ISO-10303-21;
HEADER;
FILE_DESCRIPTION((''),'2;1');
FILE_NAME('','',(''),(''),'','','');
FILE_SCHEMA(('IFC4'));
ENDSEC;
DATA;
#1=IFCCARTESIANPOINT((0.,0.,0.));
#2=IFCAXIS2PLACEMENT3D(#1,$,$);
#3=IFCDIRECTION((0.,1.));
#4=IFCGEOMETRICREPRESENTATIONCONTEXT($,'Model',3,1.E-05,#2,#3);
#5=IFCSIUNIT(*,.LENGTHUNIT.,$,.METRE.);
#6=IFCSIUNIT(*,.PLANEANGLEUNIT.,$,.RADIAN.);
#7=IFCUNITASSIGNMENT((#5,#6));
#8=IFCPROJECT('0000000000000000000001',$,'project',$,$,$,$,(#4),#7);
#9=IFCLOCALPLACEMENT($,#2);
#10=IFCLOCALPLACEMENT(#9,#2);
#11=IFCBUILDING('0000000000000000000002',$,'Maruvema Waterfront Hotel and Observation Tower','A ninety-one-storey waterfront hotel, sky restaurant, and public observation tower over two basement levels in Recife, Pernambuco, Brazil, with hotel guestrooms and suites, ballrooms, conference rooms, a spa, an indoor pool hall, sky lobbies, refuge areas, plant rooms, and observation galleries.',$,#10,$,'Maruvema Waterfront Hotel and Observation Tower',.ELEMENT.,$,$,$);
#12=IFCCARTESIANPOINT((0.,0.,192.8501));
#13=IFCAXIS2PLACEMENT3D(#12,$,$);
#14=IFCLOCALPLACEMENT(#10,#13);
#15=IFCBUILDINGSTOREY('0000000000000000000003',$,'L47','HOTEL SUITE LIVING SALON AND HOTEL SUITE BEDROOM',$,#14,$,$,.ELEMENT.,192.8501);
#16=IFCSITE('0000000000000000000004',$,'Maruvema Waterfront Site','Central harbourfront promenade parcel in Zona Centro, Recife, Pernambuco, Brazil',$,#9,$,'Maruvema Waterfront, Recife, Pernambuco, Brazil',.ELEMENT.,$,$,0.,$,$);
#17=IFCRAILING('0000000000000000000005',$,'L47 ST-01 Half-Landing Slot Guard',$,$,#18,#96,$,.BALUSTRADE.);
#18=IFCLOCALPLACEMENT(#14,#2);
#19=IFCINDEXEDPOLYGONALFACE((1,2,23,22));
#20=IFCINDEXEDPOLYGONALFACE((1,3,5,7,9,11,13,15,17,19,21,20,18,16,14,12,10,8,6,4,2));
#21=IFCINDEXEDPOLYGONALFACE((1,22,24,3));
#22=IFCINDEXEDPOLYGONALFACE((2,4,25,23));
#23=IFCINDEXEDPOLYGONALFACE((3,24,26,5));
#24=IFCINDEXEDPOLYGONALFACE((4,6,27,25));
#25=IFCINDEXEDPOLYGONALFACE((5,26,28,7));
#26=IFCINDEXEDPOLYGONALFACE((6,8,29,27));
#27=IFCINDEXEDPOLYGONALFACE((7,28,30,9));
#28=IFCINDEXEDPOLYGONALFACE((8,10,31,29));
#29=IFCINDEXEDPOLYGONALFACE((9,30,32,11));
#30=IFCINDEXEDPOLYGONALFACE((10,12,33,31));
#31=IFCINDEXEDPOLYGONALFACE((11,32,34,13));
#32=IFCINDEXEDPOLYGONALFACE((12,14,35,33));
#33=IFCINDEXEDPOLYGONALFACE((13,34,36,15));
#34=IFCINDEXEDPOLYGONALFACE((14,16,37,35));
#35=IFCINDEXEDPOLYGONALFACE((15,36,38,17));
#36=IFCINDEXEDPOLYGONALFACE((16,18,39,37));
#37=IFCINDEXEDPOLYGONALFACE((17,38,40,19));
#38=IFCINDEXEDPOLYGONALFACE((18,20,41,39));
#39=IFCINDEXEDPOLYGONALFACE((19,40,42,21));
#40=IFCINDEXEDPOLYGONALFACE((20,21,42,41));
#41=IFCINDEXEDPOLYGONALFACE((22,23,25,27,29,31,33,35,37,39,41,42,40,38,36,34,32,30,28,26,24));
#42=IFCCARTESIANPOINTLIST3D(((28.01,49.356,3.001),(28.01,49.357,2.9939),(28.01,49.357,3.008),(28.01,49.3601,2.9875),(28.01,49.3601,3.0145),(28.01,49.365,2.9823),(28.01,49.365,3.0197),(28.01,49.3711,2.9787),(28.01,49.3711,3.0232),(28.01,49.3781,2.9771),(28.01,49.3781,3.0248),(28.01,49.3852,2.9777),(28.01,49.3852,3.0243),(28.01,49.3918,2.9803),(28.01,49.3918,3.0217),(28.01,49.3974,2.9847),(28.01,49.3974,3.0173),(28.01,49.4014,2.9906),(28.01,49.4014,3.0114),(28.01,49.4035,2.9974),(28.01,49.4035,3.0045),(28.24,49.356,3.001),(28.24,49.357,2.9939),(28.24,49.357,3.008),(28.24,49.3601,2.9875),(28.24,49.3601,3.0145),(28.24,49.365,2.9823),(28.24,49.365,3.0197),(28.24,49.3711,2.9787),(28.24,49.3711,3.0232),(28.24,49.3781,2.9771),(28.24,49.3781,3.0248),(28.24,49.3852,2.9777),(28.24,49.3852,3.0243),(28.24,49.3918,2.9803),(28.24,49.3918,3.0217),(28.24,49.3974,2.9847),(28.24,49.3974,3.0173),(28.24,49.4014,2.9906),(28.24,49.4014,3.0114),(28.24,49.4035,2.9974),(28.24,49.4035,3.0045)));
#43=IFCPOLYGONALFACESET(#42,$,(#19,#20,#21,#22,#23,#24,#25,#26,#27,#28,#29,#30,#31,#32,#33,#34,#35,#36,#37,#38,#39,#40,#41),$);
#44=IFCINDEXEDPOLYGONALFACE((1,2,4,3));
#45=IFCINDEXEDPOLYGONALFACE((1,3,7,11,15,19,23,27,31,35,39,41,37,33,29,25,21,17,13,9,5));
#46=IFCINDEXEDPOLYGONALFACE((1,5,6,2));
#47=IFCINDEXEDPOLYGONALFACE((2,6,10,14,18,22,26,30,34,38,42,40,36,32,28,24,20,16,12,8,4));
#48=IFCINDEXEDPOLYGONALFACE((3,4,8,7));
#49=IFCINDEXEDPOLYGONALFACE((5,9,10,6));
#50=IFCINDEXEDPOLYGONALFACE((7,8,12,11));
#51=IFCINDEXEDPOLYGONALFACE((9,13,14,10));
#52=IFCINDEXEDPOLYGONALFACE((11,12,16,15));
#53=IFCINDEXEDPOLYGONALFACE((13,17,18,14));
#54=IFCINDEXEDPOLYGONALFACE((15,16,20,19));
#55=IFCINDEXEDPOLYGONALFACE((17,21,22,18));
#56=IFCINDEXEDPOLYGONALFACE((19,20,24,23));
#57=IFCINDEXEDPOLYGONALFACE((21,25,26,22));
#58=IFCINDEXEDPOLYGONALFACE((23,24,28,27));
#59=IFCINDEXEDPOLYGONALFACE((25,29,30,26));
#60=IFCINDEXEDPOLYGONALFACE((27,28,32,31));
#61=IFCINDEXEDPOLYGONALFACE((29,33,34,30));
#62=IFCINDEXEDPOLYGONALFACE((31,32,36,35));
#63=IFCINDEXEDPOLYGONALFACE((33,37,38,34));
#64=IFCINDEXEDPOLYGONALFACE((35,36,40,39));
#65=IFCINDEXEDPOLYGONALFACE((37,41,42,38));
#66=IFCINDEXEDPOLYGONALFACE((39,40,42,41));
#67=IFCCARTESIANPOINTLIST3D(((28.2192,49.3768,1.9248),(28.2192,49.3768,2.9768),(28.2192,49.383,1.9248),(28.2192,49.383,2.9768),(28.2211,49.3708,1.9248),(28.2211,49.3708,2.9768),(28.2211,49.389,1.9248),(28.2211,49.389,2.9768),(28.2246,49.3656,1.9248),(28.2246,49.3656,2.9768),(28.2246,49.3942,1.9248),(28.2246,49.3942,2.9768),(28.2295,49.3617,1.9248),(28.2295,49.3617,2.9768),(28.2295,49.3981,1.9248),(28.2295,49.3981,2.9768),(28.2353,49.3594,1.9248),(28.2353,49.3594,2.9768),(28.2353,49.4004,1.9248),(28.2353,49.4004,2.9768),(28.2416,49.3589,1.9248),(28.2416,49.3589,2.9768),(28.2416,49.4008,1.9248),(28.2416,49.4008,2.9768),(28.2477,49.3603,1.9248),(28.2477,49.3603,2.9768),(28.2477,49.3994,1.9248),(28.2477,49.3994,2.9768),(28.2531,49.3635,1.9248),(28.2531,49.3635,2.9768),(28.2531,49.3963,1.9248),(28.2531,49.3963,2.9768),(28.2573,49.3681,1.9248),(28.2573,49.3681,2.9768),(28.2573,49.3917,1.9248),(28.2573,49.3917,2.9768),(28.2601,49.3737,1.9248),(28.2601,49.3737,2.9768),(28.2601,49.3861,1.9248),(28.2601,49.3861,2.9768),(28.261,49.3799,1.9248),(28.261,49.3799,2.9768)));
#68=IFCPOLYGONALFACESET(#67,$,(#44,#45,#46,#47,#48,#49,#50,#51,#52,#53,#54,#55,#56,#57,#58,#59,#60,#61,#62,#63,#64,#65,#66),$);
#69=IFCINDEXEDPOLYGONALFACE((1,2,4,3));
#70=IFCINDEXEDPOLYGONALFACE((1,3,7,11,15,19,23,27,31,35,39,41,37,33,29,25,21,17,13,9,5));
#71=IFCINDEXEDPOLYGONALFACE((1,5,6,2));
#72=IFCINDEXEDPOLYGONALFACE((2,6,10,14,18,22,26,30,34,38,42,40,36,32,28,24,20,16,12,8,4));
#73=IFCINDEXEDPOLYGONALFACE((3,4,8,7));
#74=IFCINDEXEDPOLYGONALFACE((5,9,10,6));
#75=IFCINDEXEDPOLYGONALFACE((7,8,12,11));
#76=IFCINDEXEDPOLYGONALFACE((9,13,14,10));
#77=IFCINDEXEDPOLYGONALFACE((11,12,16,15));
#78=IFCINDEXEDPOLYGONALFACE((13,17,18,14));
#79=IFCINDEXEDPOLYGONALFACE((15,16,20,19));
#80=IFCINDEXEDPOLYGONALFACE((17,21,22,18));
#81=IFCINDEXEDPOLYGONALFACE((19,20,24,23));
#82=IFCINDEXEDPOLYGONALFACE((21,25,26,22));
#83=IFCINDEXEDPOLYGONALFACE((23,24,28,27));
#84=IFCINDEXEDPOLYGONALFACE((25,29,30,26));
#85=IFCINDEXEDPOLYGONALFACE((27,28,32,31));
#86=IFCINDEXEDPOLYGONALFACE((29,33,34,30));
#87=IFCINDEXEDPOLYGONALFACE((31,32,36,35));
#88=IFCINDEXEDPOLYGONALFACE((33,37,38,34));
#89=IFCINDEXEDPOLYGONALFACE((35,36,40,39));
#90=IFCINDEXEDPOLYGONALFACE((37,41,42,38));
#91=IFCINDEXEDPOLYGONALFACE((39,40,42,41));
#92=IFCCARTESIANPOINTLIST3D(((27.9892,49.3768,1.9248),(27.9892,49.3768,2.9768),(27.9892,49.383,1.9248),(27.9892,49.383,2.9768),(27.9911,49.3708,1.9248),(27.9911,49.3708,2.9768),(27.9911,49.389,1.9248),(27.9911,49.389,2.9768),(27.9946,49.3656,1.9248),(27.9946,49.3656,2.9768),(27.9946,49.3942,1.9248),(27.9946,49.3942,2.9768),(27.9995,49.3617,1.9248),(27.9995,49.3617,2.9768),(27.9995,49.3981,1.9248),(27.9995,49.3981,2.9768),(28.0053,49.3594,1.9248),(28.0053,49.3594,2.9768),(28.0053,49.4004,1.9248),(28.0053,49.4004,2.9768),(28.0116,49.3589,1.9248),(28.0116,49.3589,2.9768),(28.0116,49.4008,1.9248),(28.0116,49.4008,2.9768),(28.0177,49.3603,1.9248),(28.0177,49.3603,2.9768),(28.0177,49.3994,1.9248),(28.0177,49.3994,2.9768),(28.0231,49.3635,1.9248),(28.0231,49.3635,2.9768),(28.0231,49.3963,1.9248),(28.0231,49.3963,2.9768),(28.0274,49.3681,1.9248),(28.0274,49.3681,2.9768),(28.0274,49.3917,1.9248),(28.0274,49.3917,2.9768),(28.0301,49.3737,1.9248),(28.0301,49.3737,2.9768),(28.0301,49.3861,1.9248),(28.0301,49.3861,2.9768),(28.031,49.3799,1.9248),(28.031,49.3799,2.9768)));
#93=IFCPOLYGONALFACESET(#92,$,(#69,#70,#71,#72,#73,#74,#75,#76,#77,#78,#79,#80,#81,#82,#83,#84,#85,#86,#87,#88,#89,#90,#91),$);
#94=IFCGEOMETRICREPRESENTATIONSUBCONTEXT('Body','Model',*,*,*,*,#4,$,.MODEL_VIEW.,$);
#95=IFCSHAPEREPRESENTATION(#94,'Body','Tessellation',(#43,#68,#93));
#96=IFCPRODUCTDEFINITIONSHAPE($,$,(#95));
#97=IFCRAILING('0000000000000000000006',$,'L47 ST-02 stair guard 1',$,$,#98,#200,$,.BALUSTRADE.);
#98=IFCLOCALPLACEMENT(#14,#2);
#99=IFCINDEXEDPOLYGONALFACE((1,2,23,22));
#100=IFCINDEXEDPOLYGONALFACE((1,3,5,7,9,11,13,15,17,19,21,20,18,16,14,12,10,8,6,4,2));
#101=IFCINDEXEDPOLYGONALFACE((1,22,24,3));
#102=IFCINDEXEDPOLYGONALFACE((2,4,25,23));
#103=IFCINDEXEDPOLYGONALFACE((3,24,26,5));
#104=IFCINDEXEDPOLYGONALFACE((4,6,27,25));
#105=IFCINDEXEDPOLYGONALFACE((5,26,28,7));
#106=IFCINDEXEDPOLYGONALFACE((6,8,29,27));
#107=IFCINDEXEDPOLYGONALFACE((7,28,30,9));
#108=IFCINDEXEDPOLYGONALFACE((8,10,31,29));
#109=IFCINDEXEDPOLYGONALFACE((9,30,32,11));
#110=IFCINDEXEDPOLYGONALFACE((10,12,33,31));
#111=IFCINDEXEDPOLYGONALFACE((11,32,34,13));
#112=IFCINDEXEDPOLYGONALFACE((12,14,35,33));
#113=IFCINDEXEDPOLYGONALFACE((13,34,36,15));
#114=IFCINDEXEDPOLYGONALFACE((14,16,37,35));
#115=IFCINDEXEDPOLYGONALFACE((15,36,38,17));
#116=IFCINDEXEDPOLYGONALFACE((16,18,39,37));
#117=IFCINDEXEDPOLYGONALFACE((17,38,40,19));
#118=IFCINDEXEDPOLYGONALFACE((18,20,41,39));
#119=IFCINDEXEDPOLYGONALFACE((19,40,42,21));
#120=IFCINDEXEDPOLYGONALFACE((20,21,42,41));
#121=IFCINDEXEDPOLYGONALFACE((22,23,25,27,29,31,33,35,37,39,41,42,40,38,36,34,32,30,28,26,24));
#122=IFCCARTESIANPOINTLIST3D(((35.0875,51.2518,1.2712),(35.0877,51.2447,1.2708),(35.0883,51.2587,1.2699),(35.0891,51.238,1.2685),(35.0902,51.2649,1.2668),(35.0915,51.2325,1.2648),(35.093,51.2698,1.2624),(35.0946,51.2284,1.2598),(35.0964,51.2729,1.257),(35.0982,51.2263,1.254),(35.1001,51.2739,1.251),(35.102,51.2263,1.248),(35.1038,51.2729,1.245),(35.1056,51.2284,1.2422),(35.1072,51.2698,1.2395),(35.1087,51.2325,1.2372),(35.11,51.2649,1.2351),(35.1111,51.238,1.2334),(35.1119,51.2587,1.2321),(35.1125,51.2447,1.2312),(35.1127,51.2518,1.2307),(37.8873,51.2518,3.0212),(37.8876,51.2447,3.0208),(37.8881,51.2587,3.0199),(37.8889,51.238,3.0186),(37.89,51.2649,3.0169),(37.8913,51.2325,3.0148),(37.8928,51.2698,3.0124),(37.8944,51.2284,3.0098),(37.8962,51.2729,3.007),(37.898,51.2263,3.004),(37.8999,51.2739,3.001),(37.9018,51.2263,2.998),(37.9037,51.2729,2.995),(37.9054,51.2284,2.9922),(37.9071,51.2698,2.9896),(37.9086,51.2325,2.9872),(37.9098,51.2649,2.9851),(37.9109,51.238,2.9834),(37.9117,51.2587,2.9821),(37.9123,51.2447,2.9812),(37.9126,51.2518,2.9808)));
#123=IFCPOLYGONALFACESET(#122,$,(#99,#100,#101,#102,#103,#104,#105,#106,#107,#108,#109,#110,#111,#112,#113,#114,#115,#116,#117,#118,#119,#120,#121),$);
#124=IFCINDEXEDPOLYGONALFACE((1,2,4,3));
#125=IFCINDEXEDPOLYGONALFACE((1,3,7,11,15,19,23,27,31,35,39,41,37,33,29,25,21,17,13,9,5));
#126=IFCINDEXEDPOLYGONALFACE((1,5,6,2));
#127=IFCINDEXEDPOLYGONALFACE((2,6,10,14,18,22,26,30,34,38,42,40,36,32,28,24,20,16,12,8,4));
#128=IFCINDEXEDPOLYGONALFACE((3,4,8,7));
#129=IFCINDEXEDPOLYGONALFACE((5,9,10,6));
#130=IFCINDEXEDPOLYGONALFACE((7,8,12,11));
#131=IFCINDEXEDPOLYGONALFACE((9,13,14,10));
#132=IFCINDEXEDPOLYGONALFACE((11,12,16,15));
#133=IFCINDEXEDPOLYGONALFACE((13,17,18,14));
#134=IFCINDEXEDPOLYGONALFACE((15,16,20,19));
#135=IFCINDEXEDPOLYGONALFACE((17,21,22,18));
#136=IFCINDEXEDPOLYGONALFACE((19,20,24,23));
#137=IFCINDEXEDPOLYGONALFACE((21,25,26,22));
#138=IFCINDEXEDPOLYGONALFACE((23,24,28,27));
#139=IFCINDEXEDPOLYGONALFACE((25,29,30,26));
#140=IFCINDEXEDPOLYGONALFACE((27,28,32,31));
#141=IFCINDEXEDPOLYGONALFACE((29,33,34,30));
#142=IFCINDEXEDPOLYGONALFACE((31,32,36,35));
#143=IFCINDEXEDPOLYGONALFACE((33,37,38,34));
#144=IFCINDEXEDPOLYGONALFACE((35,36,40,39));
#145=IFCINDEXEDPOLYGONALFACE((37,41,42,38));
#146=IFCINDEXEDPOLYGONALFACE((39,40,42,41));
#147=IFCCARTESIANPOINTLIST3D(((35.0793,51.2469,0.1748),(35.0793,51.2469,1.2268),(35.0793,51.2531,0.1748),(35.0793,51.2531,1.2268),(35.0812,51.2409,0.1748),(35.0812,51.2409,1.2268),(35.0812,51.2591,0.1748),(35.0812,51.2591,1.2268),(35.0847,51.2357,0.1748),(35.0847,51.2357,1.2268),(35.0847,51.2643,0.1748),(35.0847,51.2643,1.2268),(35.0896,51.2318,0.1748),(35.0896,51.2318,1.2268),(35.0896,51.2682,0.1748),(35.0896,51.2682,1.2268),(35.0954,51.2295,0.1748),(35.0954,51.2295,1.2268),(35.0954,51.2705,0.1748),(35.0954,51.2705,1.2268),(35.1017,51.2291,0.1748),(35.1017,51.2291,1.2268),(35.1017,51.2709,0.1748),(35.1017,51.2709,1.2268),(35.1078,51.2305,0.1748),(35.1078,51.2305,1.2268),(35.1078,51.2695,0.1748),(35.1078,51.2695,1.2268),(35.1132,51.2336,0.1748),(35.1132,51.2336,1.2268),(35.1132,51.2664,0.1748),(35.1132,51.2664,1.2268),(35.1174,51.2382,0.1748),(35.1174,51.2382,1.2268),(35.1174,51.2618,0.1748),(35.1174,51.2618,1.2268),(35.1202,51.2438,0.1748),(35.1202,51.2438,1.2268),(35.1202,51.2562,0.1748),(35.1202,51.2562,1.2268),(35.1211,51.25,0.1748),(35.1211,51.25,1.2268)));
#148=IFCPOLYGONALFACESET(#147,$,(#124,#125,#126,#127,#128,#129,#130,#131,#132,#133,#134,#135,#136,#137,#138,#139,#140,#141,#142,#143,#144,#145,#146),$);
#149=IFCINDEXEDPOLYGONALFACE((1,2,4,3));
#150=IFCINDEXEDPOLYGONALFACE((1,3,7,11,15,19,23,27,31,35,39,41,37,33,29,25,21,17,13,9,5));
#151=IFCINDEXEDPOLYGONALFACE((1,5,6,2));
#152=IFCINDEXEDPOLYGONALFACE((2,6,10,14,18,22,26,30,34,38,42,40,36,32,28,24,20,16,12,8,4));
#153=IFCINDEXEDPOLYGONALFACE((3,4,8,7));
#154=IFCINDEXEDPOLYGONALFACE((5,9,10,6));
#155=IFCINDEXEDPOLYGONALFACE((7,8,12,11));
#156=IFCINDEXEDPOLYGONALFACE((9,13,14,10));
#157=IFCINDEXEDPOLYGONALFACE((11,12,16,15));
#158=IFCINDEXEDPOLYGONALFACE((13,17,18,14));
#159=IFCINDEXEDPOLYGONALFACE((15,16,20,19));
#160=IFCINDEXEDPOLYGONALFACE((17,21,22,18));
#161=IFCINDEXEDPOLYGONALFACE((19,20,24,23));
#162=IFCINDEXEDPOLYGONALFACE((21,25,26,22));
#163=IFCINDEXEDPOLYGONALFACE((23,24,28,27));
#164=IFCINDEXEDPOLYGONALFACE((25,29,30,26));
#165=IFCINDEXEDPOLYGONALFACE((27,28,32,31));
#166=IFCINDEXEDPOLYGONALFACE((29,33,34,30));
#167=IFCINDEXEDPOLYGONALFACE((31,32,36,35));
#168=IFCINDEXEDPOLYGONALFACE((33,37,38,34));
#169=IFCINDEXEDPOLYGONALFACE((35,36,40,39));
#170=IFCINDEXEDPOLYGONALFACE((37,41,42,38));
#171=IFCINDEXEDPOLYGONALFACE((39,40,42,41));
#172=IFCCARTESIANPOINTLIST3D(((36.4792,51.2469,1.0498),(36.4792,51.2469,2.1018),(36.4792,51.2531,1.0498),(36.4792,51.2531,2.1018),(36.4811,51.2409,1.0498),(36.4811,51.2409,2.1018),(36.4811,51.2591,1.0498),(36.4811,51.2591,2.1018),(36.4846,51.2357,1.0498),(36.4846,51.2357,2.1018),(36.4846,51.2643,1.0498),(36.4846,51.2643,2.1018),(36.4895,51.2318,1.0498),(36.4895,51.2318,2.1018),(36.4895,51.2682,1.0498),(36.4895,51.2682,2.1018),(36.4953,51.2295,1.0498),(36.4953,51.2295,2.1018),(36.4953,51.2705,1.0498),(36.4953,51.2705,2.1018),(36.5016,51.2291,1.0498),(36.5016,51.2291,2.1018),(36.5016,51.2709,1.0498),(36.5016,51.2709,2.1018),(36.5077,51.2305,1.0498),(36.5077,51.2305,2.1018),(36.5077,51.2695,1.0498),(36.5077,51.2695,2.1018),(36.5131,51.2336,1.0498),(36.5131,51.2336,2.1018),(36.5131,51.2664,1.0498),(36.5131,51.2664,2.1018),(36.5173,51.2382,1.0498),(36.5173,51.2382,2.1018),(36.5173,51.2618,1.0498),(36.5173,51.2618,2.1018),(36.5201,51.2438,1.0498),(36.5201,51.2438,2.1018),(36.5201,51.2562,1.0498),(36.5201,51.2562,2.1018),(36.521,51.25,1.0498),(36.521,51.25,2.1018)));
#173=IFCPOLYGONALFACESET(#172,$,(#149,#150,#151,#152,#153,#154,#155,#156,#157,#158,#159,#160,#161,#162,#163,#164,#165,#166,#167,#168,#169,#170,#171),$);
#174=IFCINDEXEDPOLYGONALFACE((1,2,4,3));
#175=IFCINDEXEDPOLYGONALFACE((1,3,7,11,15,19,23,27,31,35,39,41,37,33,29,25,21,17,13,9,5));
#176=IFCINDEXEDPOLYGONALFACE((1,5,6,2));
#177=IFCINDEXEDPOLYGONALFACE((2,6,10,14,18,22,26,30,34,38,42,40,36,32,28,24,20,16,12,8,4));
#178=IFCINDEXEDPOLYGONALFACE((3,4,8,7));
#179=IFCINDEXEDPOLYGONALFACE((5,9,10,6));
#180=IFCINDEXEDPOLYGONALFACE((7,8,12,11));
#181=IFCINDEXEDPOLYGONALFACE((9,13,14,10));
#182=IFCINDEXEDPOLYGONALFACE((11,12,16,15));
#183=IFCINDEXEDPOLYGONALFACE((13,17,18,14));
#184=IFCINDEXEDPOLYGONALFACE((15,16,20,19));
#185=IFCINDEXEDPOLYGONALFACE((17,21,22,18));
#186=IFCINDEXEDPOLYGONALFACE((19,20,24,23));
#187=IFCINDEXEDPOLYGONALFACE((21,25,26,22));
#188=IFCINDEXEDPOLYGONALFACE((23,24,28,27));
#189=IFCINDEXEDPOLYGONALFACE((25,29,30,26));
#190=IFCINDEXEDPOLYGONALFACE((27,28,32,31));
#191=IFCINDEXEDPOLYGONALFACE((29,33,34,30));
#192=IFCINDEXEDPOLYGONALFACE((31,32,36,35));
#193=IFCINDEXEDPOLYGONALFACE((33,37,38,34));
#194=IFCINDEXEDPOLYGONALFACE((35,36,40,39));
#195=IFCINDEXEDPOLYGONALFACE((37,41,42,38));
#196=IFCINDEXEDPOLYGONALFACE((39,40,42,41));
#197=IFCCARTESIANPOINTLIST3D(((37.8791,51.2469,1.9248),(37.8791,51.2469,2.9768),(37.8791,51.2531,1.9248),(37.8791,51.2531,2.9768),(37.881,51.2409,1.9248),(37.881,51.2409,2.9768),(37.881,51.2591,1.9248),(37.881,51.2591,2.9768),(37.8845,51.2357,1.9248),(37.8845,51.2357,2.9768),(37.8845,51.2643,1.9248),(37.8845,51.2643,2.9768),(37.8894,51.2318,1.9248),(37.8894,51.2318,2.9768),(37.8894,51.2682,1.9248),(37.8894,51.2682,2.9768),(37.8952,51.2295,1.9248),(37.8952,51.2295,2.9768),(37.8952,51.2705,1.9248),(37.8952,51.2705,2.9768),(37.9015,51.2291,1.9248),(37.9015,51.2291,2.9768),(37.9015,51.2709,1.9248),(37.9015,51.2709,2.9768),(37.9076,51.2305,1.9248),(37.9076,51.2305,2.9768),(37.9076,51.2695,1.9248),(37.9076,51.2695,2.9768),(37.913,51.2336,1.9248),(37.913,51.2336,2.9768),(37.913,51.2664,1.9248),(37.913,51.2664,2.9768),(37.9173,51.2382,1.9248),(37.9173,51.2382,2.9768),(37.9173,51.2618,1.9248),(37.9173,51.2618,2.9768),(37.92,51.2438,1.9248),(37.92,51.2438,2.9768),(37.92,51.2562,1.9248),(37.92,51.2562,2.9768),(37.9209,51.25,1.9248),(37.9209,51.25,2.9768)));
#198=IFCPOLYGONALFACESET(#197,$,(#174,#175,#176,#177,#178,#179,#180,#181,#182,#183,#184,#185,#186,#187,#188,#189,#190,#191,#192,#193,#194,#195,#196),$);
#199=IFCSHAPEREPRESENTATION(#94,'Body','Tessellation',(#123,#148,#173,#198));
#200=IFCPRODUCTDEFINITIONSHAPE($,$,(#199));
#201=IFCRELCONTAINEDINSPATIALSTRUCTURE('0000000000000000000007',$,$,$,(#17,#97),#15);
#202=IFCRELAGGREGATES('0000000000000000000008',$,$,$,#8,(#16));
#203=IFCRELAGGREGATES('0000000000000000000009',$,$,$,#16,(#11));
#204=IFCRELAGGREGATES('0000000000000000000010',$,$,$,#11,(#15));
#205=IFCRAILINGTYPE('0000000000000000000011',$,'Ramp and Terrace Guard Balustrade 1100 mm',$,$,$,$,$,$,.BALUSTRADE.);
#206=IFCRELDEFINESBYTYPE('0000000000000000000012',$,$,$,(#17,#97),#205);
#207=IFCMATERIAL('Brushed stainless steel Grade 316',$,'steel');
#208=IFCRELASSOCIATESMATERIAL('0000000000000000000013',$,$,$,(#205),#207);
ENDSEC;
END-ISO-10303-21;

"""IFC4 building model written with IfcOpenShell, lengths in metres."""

from ifc_helpers import new_model, si_unit, direction, frame, origin, origin_2d, place, context, subcontext, project, spatial, circle, extrude, material, type_object, element, save


model = new_model("IFC4")

# Units and contexts
model_context = context("Model", 3, precision=1e-05, world=origin(), true_north=direction((0.0, 1.0)))
body_context = subcontext(model_context, "Body", "Model", "MODEL_VIEW")
ifc_project = project(units=[si_unit("LENGTHUNIT", "METRE"), si_unit("PLANEANGLEUNIT", "RADIAN")], contexts=[model_context])

# Site, building, storey
site_placement = place(None, origin())
site = spatial("IfcSite", under=ifc_project, at=site_placement, Name="Maruvema Waterfront Site", Description="Central harbourfront promenade parcel in Zona Centro, Recife, Pernambuco, Brazil", LongName="Maruvema Waterfront, Recife, Pernambuco, Brazil", CompositionType="ELEMENT", RefElevation=0.0)
building_placement = place(site_placement, origin())
building = spatial("IfcBuilding", under=site, at=building_placement, Name="Maruvema Waterfront Hotel and Observation Tower", Description="A ninety-one-storey waterfront hotel, sky restaurant, and public observation tower over two basement levels in Recife, Pernambuco, Brazil, with hotel guestrooms and suites, ballrooms, conference rooms, a spa, an indoor pool hall, sky lobbies, refuge areas, plant rooms, and observation galleries.", LongName="Maruvema Waterfront Hotel and Observation Tower", CompositionType="ELEMENT")
storey_placement = place(building_placement, frame((0.0, 0.0, 192.8501)))
storey = spatial("IfcBuildingStorey", under=building, at=storey_placement, Name="L47", Description="HOTEL SUITE LIVING SALON AND HOTEL SUITE BEDROOM", CompositionType="ELEMENT", Elevation=192.8501)

# Railings
ifc_material_1 = material(Name="Brushed stainless steel Grade 316", Category="steel")
railing_type_1 = type_object("IfcRailingType", Name="Ramp and Terrace Guard Balustrade 1100 mm", PredefinedType="BALUSTRADE", material=ifc_material_1)
railing_1_placement = place(storey_placement, frame((28.24, 49.3799, 1.9248)))
element("IfcRailing", 1, at=railing_1_placement, inside=storey, type_object=railing_type_1, Name="L47 ST-01 Half-Landing Slot Guard", PredefinedType="BALUSTRADE", context=body_context, shape_type="SweptSolid", body=[
    extrude(circle(Radius=0.0239, at=origin_2d()), frame((0.0, 0.0, 1.0762), z_axis=(-1.0, 0.0, 0.0), x_axis=(0.0, -1.0, 0.0)), (0.0, 0.0, 1.0), 0.23),
    extrude(circle(Radius=0.021, at=origin_2d()), origin(), (0.0, 0.0, 1.0), 1.052),
    extrude(circle(Radius=0.021, at=origin_2d()), frame((-0.23, 0.0, 0.0)), (0.0, 0.0, 1.0), 1.052),
])
railing_2_placement = place(storey_placement, frame((35.1001, 51.25, 0.1748)))
element("IfcRailing", 2, at=railing_2_placement, inside=storey, type_object=railing_type_1, Name="L47 ST-02 stair guard 1", PredefinedType="BALUSTRADE", context=body_context, shape_type="SweptSolid", body=[
    extrude(circle(Radius=0.0239, at=origin_2d()), frame((0.0, 0.0, 1.0762), z_axis=(0.847982, 0.0, 0.530026), x_axis=(0.0, 1.0, 0.0)), (0.0, 0.0, 1.0), 3.3018),
    extrude(circle(Radius=0.021, at=origin_2d()), origin(), (0.0, 0.0, 1.0), 1.052),
    extrude(circle(Radius=0.021, at=origin_2d()), frame((1.3999, 0.0, 0.875)), (0.0, 0.0, 1.0), 1.052),
    extrude(circle(Radius=0.021, at=origin_2d()), frame((2.7998, 0.0, 1.75)), (0.0, 0.0, 1.0), 1.052),
])

save(model, "model.ifc")
